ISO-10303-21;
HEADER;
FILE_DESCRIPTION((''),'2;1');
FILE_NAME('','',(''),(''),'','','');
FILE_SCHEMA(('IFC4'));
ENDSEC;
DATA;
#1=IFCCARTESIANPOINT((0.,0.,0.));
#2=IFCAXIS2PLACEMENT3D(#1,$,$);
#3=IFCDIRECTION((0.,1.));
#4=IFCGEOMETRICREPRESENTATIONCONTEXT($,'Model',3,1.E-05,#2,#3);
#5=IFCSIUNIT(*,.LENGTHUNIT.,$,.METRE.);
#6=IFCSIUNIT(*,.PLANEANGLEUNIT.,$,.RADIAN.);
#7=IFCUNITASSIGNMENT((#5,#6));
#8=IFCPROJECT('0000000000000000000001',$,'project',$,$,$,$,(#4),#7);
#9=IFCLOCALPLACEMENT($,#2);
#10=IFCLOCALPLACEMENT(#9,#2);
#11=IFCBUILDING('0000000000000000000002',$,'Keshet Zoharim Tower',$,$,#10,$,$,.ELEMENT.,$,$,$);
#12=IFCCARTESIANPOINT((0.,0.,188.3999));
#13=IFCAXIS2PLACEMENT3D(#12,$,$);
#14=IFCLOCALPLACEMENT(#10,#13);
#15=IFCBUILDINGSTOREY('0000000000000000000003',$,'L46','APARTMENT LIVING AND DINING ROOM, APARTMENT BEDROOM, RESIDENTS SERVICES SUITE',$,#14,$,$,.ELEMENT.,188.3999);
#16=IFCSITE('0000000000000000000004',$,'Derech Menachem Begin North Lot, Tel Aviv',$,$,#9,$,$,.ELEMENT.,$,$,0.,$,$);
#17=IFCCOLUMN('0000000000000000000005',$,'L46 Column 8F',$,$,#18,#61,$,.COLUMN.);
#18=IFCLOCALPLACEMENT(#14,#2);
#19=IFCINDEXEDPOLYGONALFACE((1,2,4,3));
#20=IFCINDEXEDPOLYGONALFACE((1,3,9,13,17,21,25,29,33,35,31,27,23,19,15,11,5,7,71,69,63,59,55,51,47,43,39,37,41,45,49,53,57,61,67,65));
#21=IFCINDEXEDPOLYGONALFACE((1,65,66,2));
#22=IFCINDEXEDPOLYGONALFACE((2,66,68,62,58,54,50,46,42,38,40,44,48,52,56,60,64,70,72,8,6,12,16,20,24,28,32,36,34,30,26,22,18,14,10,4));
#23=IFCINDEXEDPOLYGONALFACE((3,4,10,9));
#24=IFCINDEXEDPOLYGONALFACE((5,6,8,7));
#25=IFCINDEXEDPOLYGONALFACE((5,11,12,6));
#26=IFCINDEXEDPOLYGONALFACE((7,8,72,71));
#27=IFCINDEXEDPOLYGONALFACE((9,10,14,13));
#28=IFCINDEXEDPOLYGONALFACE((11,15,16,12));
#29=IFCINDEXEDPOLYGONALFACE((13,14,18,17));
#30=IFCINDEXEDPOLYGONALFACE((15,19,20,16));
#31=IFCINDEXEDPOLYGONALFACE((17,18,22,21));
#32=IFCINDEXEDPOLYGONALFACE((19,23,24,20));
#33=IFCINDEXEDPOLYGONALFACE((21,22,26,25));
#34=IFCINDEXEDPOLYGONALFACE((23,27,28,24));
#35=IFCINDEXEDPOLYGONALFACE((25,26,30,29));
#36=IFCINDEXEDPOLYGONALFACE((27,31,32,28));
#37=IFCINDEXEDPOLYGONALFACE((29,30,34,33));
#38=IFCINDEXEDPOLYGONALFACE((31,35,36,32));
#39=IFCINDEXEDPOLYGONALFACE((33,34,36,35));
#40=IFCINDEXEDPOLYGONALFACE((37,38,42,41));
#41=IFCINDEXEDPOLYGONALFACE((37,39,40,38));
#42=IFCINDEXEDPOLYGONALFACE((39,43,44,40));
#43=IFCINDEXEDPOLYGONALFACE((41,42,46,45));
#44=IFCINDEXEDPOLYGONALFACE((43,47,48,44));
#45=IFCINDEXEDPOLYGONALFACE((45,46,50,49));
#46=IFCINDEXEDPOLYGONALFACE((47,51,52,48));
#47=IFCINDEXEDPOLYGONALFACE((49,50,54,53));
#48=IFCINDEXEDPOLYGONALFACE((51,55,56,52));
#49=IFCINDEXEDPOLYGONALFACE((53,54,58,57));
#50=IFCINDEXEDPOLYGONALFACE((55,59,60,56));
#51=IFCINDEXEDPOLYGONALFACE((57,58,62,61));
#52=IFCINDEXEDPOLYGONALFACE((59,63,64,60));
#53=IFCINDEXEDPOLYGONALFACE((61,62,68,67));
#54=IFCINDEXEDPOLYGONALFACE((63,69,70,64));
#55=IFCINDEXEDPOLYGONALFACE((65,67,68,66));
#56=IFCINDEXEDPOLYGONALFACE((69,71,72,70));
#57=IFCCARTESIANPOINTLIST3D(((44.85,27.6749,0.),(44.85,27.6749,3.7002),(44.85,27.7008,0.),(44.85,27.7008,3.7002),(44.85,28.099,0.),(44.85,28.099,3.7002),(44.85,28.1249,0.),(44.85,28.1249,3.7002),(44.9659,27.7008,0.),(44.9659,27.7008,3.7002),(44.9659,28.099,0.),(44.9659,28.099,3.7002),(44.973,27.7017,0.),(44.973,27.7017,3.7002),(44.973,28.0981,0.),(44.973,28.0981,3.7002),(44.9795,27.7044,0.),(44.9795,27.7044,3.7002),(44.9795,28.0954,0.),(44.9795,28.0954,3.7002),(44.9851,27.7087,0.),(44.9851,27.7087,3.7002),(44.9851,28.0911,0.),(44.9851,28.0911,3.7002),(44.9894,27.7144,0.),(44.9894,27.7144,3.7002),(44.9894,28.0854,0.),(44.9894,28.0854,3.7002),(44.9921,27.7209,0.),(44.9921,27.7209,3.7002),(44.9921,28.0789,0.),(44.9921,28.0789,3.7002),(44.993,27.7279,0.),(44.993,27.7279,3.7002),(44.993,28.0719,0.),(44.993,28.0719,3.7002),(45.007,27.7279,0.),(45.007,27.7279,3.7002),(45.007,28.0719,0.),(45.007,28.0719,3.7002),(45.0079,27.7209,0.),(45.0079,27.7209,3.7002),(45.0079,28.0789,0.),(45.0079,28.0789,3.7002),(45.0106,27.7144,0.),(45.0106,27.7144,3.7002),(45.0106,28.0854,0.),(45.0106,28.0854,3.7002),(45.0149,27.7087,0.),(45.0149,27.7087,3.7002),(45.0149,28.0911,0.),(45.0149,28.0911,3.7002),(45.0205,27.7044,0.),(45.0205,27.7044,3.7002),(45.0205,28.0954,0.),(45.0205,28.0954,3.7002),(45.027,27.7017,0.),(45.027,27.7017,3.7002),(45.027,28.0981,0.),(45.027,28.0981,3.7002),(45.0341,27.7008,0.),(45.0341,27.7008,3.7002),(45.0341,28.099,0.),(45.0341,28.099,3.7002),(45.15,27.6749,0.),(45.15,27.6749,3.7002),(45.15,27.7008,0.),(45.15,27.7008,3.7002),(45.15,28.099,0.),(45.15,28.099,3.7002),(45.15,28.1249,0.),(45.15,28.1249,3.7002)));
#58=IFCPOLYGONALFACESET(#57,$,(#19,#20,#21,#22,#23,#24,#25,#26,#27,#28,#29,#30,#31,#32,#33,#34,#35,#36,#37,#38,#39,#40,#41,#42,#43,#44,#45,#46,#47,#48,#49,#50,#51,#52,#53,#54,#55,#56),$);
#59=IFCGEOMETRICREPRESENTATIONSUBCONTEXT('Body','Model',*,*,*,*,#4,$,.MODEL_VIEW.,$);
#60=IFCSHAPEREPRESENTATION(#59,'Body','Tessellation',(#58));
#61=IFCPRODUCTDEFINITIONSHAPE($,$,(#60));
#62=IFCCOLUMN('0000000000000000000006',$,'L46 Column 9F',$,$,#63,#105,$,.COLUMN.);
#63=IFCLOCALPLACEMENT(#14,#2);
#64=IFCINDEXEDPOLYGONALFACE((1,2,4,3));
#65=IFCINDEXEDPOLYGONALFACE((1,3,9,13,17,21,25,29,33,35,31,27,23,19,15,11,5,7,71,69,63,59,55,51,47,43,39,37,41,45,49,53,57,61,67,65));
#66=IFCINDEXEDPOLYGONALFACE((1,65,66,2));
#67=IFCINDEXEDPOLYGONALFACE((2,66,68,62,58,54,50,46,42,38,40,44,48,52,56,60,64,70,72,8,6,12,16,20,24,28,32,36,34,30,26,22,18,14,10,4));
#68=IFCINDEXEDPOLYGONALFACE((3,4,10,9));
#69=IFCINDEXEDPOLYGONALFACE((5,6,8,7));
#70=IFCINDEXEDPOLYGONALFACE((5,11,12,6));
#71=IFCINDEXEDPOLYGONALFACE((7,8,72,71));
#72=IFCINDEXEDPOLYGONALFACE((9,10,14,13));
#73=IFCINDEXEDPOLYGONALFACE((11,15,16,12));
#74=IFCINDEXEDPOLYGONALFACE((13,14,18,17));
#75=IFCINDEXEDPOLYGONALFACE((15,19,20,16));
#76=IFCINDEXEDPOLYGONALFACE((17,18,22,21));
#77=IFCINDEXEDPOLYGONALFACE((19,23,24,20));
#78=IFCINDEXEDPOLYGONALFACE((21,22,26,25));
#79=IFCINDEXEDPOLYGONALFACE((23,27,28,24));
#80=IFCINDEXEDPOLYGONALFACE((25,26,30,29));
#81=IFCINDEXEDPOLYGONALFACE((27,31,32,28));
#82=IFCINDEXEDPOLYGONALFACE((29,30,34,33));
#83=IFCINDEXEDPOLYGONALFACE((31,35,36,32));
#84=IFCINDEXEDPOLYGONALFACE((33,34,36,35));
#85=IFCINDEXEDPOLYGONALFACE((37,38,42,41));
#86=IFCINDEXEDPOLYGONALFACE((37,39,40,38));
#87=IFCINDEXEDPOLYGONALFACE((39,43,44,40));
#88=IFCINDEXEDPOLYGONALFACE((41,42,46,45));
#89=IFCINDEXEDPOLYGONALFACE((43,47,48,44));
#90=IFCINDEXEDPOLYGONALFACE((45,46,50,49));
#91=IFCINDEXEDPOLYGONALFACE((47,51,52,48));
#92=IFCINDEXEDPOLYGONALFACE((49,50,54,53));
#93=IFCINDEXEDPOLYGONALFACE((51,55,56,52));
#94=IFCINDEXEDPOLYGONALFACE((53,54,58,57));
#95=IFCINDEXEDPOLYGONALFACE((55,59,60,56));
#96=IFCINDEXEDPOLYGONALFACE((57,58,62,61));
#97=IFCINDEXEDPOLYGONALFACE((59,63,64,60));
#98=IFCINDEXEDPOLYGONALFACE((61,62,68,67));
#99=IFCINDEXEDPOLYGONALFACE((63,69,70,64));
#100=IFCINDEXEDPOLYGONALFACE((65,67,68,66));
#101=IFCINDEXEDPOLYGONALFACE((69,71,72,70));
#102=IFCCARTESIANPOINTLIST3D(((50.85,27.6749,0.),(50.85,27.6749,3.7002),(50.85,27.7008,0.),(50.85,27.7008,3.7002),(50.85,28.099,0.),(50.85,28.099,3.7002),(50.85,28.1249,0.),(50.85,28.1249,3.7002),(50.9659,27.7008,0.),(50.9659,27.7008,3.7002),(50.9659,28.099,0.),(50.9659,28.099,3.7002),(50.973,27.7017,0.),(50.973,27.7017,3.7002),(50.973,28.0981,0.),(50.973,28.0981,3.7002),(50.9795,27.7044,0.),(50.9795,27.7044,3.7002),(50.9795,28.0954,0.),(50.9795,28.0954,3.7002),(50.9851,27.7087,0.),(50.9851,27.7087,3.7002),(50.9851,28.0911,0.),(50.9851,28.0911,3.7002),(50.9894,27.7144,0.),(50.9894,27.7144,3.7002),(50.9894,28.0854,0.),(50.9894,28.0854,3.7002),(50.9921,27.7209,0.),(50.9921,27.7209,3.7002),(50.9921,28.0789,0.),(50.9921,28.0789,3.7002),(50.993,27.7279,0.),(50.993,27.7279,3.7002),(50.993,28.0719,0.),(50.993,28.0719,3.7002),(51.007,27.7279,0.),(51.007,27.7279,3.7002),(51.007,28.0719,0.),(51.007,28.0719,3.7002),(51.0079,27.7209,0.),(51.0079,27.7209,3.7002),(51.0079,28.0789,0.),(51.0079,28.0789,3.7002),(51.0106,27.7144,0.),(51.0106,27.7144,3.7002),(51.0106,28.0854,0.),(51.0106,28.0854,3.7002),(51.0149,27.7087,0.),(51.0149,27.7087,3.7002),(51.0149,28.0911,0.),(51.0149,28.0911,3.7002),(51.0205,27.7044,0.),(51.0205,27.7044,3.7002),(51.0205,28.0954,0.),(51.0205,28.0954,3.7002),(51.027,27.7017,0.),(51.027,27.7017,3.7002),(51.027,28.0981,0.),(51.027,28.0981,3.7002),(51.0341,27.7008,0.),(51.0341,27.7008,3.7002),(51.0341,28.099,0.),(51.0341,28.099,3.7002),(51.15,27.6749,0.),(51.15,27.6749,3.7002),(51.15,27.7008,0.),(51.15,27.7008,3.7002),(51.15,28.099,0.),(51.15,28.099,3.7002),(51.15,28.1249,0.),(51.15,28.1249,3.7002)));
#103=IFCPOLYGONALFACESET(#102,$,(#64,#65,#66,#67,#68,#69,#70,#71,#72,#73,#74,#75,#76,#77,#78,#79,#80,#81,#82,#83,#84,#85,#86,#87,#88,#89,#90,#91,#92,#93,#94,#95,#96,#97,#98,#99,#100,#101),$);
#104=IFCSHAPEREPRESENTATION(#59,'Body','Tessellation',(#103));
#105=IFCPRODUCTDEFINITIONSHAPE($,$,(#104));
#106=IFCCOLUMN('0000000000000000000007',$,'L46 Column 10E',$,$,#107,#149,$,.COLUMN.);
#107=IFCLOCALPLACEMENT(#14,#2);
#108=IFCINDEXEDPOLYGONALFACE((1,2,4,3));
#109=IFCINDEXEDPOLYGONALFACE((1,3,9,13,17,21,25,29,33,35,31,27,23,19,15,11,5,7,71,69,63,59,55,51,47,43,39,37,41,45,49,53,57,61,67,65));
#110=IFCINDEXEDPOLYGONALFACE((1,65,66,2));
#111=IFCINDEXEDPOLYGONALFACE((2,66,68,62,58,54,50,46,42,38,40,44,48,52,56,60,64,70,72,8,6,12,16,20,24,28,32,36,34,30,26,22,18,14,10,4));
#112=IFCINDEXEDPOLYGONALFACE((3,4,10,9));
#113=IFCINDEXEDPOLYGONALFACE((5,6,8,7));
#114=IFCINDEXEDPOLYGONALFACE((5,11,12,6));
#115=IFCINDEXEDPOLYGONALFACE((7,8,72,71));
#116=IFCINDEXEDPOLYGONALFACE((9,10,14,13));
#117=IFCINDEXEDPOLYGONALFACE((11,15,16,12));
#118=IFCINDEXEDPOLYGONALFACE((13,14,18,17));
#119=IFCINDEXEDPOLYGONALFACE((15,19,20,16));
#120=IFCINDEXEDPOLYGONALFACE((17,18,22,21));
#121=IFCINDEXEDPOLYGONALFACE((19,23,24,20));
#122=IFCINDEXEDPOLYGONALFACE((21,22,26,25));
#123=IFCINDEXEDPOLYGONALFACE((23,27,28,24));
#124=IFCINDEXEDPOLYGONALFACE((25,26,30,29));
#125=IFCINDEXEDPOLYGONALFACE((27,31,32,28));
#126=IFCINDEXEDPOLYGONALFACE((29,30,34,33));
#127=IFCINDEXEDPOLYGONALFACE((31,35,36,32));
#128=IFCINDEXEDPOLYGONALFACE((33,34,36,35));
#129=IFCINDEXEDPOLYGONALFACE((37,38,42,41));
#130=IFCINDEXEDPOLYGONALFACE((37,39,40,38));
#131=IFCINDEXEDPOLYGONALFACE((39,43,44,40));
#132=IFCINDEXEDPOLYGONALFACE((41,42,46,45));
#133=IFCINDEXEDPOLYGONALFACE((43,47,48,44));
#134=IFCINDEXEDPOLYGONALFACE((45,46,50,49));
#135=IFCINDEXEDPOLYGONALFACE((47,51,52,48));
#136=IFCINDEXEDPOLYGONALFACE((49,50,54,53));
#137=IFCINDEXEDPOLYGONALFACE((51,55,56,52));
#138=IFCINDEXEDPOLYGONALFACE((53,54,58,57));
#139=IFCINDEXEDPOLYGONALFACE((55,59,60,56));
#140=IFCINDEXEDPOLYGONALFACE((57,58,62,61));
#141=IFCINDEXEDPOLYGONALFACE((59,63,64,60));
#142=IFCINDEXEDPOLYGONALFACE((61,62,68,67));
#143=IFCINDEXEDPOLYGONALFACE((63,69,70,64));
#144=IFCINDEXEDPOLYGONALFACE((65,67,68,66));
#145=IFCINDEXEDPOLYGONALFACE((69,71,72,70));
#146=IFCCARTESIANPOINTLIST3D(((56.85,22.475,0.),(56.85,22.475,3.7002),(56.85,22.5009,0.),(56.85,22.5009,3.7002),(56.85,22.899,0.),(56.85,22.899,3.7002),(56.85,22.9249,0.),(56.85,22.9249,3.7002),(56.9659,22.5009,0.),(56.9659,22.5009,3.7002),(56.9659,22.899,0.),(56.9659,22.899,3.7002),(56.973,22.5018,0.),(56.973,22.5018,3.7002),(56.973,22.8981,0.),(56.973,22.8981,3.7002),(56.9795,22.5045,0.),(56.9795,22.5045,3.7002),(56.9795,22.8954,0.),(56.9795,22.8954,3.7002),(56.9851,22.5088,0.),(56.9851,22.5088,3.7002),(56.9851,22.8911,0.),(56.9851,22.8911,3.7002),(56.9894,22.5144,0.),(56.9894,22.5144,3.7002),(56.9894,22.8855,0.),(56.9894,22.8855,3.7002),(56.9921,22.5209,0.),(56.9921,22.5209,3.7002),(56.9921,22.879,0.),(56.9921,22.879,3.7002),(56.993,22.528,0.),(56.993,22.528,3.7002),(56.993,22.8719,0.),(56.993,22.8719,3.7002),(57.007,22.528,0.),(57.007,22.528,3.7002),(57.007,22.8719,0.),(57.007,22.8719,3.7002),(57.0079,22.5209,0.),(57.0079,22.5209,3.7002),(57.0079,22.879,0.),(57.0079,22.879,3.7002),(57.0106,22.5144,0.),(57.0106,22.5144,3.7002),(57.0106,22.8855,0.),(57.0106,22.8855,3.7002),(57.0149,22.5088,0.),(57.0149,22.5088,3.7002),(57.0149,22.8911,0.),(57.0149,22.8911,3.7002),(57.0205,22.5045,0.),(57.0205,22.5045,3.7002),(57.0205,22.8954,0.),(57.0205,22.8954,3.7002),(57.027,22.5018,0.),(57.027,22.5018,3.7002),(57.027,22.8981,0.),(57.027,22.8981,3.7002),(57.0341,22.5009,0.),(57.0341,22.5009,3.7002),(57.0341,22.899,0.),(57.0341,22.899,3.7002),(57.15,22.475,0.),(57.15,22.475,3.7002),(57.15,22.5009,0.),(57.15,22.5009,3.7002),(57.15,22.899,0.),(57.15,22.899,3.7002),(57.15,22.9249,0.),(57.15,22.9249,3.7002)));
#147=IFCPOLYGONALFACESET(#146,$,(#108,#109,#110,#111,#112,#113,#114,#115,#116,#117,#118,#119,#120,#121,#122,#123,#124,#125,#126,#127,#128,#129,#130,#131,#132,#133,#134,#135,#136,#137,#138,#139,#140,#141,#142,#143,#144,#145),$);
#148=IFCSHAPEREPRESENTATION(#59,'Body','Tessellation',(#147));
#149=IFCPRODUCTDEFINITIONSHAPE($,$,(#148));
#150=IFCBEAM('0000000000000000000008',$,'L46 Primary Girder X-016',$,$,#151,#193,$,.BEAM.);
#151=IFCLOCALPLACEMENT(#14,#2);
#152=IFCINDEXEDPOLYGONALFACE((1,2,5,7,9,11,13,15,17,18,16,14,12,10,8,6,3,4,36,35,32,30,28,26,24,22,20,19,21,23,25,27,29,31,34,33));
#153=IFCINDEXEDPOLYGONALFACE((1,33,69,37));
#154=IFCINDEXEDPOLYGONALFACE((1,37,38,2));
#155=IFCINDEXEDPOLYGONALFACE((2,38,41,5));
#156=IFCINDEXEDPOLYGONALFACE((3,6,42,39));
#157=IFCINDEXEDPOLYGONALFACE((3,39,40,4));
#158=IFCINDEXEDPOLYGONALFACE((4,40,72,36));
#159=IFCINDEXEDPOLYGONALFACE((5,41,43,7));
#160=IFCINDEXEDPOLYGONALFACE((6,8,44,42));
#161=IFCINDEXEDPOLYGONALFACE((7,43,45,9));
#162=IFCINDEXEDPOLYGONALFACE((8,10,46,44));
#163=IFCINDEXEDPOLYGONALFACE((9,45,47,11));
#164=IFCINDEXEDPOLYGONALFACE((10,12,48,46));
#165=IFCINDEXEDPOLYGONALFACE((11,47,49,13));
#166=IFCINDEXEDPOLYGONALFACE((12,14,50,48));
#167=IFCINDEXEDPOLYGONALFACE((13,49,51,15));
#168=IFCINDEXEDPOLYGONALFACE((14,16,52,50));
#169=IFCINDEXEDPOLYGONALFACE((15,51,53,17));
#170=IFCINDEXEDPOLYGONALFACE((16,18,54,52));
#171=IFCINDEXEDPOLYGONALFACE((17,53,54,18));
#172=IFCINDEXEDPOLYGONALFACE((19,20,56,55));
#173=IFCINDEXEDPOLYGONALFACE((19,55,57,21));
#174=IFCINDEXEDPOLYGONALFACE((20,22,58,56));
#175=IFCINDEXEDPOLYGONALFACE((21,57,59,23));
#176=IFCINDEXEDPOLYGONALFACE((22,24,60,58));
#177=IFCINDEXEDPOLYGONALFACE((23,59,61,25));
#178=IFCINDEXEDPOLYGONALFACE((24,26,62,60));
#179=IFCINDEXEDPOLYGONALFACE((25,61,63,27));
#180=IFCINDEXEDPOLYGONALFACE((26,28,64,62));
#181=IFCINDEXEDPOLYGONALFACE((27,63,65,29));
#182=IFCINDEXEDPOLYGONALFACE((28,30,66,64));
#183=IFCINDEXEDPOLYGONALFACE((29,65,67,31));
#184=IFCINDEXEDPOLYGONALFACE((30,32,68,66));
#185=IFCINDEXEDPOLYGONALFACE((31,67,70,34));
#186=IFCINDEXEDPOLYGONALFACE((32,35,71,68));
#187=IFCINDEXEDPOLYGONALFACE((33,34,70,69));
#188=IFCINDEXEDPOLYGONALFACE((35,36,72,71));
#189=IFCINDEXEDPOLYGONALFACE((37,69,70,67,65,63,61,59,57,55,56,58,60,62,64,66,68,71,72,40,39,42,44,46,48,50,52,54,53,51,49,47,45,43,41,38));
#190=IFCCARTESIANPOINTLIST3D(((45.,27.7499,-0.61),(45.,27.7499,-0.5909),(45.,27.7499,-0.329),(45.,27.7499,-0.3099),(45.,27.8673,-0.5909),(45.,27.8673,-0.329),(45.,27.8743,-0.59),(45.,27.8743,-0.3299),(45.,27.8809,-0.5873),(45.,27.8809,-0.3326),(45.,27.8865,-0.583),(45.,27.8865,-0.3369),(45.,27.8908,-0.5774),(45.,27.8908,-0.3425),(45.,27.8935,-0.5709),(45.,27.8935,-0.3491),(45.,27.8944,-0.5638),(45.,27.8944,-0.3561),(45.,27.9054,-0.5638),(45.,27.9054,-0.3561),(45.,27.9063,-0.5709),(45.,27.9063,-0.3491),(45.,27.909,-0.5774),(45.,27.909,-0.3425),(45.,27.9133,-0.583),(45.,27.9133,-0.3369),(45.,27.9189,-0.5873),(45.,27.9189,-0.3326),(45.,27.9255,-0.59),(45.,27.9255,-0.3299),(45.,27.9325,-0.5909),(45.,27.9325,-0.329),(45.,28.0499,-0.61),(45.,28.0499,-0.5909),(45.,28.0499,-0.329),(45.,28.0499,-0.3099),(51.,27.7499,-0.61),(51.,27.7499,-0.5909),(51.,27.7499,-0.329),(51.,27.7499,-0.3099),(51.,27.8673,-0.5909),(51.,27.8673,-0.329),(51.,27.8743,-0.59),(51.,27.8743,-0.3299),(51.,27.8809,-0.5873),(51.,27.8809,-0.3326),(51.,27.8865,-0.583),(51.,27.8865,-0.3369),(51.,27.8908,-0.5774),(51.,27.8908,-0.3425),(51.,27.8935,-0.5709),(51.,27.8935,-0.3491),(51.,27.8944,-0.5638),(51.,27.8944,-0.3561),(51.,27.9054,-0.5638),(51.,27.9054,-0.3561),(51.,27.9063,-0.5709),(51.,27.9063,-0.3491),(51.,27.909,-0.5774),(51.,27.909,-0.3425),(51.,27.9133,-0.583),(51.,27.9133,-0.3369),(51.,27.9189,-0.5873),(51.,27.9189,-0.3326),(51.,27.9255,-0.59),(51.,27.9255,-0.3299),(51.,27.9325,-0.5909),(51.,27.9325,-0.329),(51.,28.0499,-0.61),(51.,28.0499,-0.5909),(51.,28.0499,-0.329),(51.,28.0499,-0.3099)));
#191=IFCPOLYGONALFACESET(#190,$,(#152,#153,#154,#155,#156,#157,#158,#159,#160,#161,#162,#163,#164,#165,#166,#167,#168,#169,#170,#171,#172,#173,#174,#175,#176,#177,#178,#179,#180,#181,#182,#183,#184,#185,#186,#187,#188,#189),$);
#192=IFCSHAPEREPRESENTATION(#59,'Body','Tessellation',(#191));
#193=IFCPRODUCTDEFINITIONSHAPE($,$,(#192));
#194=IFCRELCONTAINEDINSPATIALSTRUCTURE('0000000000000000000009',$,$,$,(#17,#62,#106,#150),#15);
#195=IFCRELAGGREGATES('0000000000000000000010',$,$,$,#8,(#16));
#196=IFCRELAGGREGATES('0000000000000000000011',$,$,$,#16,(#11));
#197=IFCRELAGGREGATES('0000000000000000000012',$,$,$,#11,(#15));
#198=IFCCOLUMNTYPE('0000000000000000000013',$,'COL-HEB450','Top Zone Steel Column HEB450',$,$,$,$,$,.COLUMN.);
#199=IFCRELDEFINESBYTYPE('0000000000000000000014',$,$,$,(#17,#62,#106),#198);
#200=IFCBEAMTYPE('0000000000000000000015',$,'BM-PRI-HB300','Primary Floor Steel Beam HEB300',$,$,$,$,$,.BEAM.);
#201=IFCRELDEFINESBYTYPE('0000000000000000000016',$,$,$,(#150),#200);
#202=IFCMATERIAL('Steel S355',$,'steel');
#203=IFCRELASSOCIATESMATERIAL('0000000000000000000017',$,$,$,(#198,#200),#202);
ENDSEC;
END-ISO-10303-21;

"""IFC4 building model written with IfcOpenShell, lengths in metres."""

from ifc_helpers import new_model, si_unit, direction, frame, origin, origin_2d, place, context, subcontext, project, spatial, i_section, extrude, material, material_profile, profile_set, type_object, element, save


model = new_model("IFC4")

# Units and contexts
model_context = context("Model", 3, precision=1e-05, world=origin(), true_north=direction((0.0, 1.0)))
body_context = subcontext(model_context, "Body", "Model", "MODEL_VIEW")
ifc_project = project(units=[si_unit("LENGTHUNIT", "METRE"), si_unit("PLANEANGLEUNIT", "RADIAN")], contexts=[model_context])

# Site, building, storey
site_placement = place(None, origin())
site = spatial("IfcSite", under=ifc_project, at=site_placement, Name="Derech Menachem Begin North Lot, Tel Aviv", CompositionType="ELEMENT", RefElevation=0.0)
building_placement = place(site_placement, origin())
building = spatial("IfcBuilding", under=site, at=building_placement, Name="Keshet Zoharim Tower", CompositionType="ELEMENT")
storey_placement = place(building_placement, frame((0.0, 0.0, 188.3999)))
storey = spatial("IfcBuildingStorey", under=building, at=storey_placement, Name="L46", Description="APARTMENT LIVING AND DINING ROOM, APARTMENT BEDROOM, RESIDENTS SERVICES SUITE", CompositionType="ELEMENT", Elevation=188.3999)

# Columns
ifc_material_1 = material(Name="Steel S355", Category="steel")
ifc_material_profile_1 = material_profile(ifc_material_1, i_section(OverallWidth=0.3, OverallDepth=0.45, WebThickness=0.0139, FlangeThickness=0.0259, FilletRadius=0.0271, at=origin_2d()), Name="HEB450")
ifc_profile_set_1 = profile_set([ifc_material_profile_1], Name="Steel S355")
column_type = type_object("IfcColumnType", Name="COL-HEB450", Description="Top Zone Steel Column HEB450", PredefinedType="COLUMN", material=ifc_profile_set_1)
for number, where, z_axis, x_axis, name in (
    (1, (45.0, 27.8999, 0.0), (0.0, 0.0, 1.0), (1.0, 0.0, 0.0), "L46 Column 8F"),
    (2, (51.0, 27.8999, 0.0), (0.0, 0.0, 1.0), (1.0, 0.0, 0.0), "L46 Column 9F"),
    (3, (57.0, 22.7, 0.0), (0.0, 0.0, 1.0), (1.0, 0.0, 0.0), "L46 Column 10E"),
):
    element("IfcColumn", number, at=place(storey_placement, frame(where, z_axis=z_axis, x_axis=x_axis)), inside=storey, type_object=column_type, Name=name, PredefinedType="COLUMN", context=body_context, shape_type="SweptSolid", body=[
        extrude(i_section(OverallWidth=0.3, OverallDepth=0.45, WebThickness=0.0139, FlangeThickness=0.0259, FilletRadius=0.0271, at=origin_2d()), origin(), (0.0, 0.0, 1.0), 3.7002),
    ])

# Beam
ifc_material_profile_2 = material_profile(ifc_material_1, i_section(OverallWidth=0.3, OverallDepth=0.3, WebThickness=0.011, FlangeThickness=0.019, FilletRadius=0.0271, at=origin_2d()), Name="HEB300")
ifc_profile_set_2 = profile_set([ifc_material_profile_2], Name="Steel S355")
beam_type = type_object("IfcBeamType", Name="BM-PRI-HB300", Description="Primary Floor Steel Beam HEB300", PredefinedType="BEAM", material=ifc_profile_set_2)
beam_placement = place(storey_placement, frame((45.0, 27.8999, -0.46), z_axis=(1.0, 0.0, 0.0), x_axis=(0.0, 1.0, 0.0)))
element("IfcBeam", 4, at=beam_placement, inside=storey, type_object=beam_type, Name="L46 Primary Girder X-016", PredefinedType="BEAM", context=body_context, shape_type="SweptSolid", body=[
    extrude(i_section(OverallWidth=0.3, OverallDepth=0.3, WebThickness=0.011, FlangeThickness=0.019, FilletRadius=0.0271, at=origin_2d()), origin(), (0.0, 0.0, 1.0), 6.0),
])

save(model, "model.ifc")
